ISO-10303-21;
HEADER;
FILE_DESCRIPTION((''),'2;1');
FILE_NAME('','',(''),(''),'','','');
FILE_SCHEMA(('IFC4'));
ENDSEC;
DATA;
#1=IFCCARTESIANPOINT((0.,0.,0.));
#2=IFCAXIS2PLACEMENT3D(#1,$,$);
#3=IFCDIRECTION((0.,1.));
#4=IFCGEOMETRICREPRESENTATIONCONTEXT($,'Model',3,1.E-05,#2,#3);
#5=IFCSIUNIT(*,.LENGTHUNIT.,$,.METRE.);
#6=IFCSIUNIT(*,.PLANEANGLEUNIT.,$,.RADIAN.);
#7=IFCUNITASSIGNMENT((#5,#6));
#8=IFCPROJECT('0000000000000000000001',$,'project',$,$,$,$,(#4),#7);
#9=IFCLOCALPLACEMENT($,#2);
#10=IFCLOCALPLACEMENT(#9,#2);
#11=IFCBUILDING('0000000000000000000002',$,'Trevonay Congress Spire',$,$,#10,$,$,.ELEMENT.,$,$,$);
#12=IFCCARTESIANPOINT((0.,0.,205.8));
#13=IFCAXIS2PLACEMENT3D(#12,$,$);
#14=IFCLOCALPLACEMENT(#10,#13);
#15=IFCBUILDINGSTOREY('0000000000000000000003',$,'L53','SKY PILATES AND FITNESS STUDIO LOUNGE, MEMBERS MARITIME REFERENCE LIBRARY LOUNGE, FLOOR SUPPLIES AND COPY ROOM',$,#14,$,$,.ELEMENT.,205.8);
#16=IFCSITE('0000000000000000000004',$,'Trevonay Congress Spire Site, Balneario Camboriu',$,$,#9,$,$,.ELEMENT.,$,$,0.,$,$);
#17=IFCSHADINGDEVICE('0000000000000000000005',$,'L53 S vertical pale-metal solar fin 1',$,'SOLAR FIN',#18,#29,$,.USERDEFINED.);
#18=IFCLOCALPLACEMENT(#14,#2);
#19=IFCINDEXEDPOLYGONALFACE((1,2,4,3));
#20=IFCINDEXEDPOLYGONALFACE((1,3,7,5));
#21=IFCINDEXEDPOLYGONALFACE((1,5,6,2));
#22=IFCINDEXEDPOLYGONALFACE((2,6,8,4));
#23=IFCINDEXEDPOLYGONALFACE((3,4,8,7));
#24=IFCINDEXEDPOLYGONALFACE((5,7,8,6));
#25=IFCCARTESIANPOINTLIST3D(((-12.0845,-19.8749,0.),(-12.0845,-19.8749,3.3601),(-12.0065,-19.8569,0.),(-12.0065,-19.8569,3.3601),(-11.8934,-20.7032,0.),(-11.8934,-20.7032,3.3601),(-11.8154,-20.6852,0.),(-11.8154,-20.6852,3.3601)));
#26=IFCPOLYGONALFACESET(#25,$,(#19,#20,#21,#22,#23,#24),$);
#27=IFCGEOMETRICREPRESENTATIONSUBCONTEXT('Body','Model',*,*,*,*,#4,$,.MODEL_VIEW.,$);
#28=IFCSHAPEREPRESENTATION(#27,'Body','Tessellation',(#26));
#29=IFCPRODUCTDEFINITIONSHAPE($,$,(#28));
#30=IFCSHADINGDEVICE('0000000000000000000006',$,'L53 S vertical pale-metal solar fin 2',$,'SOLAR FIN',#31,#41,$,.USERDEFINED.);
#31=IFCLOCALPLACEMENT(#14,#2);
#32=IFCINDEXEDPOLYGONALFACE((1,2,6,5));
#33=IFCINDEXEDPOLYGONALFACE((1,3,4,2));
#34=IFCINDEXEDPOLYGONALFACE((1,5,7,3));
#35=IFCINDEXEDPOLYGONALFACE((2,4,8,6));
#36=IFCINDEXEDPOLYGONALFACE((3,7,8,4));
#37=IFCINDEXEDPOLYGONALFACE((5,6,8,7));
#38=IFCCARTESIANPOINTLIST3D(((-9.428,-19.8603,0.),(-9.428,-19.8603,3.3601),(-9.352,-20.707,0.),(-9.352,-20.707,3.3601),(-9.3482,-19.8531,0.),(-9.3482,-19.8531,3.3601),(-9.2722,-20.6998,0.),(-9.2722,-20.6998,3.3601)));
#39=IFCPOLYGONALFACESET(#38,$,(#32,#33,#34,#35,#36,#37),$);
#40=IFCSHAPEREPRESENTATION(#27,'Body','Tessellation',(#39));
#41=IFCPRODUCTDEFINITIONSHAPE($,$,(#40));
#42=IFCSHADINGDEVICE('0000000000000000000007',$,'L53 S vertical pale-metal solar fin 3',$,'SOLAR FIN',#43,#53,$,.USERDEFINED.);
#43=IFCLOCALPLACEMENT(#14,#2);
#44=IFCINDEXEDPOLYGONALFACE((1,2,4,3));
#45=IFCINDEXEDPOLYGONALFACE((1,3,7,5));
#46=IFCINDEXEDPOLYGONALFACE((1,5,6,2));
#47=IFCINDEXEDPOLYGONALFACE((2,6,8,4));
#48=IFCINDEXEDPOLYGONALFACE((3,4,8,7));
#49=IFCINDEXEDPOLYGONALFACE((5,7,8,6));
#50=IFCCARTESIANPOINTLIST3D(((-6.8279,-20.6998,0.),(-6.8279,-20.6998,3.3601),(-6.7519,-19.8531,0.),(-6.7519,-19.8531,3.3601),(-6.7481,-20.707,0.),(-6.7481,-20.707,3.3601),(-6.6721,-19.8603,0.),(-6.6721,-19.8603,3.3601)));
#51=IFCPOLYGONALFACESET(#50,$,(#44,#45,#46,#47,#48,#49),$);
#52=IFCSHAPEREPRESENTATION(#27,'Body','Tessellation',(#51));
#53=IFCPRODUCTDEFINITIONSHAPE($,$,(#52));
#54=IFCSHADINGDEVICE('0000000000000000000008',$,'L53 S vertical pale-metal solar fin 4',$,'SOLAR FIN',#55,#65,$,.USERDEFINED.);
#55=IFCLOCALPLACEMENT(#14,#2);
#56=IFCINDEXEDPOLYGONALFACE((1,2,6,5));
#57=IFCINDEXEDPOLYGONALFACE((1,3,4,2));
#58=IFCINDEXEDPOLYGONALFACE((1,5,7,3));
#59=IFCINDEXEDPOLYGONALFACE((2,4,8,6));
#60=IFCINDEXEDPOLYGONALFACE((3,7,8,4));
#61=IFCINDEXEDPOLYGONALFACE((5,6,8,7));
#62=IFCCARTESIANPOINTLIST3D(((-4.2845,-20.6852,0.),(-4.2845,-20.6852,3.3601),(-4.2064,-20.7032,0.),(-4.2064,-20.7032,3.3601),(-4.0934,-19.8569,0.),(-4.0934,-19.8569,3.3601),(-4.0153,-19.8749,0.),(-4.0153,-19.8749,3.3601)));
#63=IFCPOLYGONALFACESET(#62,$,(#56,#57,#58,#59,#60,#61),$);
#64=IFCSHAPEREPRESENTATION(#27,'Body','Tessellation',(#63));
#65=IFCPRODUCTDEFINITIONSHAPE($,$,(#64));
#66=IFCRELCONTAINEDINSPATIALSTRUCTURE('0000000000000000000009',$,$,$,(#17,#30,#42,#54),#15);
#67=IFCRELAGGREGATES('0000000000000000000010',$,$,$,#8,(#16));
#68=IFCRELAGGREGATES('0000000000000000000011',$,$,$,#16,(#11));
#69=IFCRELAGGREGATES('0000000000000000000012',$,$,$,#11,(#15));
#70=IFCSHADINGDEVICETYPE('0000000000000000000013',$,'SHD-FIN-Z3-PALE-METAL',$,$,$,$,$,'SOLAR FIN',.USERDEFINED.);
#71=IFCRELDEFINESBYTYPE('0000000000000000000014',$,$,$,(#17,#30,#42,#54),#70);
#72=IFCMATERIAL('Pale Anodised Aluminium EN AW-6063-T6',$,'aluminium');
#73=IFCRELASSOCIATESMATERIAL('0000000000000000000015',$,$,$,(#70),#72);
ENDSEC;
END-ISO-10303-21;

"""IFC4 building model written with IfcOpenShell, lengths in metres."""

from ifc_helpers import new_model, si_unit, direction, frame, origin, origin_2d, place, context, subcontext, project, spatial, rectangle, extrude, material, type_object, element, save


model = new_model("IFC4")

# Units and contexts
model_context = context("Model", 3, precision=1e-05, world=origin(), true_north=direction((0.0, 1.0)))
body_context = subcontext(model_context, "Body", "Model", "MODEL_VIEW")
ifc_project = project(units=[si_unit("LENGTHUNIT", "METRE"), si_unit("PLANEANGLEUNIT", "RADIAN")], contexts=[model_context])

# Site, building, storey
site_placement = place(None, origin())
site = spatial("IfcSite", under=ifc_project, at=site_placement, Name="Trevonay Congress Spire Site, Balneario Camboriu", CompositionType="ELEMENT", RefElevation=0.0)
building_placement = place(site_placement, origin())
building = spatial("IfcBuilding", under=site, at=building_placement, Name="Trevonay Congress Spire", CompositionType="ELEMENT")
storey_placement = place(building_placement, frame((0.0, 0.0, 205.8)))
storey = spatial("IfcBuildingStorey", under=building, at=storey_placement, Name="L53", Description="SKY PILATES AND FITNESS STUDIO LOUNGE, MEMBERS MARITIME REFERENCE LIBRARY LOUNGE, FLOOR SUPPLIES AND COPY ROOM", CompositionType="ELEMENT", Elevation=205.8)

# Shared definitions
ifc_material_1 = material(Name="Pale Anodised Aluminium EN AW-6063-T6", Category="aluminium")

# Shading devices
shading_device_type = type_object("IfcShadingDeviceType", Name="SHD-FIN-Z3-PALE-METAL", ElementType="SOLAR FIN", PredefinedType="USERDEFINED", material=ifc_material_1)
for number, where, z_axis, x_axis, name in (
    (1, (-11.95, -20.28, 0.0), (0.0, 0.0, 1.0), (0.974409, 0.224781, 0.0), "L53 S vertical pale-metal solar fin 1"),
    (2, (-9.3501, -20.28, 0.0), (0.0, 0.0, 1.0), (0.995994, 0.089416, 0.0), "L53 S vertical pale-metal solar fin 2"),
    (3, (-6.75, -20.28, 0.0), (0.0, 0.0, 1.0), (0.995994, -0.089416, 0.0), "L53 S vertical pale-metal solar fin 3"),
    (4, (-4.1499, -20.28, 0.0), (0.0, 0.0, 1.0), (0.974409, -0.224781, 0.0), "L53 S vertical pale-metal solar fin 4"),
):
    element("IfcShadingDevice", number, at=place(storey_placement, frame(where, z_axis=z_axis, x_axis=x_axis)), inside=storey, type_object=shading_device_type, Name=name, ObjectType="SOLAR FIN", PredefinedType="USERDEFINED", context=body_context, shape_type="SweptSolid", body=[
        extrude(rectangle(XDim=0.0801, YDim=0.8501, at=origin_2d()), origin(), (0.0, 0.0, 1.0), 3.3601),
    ])

save(model, "model.ifc")
